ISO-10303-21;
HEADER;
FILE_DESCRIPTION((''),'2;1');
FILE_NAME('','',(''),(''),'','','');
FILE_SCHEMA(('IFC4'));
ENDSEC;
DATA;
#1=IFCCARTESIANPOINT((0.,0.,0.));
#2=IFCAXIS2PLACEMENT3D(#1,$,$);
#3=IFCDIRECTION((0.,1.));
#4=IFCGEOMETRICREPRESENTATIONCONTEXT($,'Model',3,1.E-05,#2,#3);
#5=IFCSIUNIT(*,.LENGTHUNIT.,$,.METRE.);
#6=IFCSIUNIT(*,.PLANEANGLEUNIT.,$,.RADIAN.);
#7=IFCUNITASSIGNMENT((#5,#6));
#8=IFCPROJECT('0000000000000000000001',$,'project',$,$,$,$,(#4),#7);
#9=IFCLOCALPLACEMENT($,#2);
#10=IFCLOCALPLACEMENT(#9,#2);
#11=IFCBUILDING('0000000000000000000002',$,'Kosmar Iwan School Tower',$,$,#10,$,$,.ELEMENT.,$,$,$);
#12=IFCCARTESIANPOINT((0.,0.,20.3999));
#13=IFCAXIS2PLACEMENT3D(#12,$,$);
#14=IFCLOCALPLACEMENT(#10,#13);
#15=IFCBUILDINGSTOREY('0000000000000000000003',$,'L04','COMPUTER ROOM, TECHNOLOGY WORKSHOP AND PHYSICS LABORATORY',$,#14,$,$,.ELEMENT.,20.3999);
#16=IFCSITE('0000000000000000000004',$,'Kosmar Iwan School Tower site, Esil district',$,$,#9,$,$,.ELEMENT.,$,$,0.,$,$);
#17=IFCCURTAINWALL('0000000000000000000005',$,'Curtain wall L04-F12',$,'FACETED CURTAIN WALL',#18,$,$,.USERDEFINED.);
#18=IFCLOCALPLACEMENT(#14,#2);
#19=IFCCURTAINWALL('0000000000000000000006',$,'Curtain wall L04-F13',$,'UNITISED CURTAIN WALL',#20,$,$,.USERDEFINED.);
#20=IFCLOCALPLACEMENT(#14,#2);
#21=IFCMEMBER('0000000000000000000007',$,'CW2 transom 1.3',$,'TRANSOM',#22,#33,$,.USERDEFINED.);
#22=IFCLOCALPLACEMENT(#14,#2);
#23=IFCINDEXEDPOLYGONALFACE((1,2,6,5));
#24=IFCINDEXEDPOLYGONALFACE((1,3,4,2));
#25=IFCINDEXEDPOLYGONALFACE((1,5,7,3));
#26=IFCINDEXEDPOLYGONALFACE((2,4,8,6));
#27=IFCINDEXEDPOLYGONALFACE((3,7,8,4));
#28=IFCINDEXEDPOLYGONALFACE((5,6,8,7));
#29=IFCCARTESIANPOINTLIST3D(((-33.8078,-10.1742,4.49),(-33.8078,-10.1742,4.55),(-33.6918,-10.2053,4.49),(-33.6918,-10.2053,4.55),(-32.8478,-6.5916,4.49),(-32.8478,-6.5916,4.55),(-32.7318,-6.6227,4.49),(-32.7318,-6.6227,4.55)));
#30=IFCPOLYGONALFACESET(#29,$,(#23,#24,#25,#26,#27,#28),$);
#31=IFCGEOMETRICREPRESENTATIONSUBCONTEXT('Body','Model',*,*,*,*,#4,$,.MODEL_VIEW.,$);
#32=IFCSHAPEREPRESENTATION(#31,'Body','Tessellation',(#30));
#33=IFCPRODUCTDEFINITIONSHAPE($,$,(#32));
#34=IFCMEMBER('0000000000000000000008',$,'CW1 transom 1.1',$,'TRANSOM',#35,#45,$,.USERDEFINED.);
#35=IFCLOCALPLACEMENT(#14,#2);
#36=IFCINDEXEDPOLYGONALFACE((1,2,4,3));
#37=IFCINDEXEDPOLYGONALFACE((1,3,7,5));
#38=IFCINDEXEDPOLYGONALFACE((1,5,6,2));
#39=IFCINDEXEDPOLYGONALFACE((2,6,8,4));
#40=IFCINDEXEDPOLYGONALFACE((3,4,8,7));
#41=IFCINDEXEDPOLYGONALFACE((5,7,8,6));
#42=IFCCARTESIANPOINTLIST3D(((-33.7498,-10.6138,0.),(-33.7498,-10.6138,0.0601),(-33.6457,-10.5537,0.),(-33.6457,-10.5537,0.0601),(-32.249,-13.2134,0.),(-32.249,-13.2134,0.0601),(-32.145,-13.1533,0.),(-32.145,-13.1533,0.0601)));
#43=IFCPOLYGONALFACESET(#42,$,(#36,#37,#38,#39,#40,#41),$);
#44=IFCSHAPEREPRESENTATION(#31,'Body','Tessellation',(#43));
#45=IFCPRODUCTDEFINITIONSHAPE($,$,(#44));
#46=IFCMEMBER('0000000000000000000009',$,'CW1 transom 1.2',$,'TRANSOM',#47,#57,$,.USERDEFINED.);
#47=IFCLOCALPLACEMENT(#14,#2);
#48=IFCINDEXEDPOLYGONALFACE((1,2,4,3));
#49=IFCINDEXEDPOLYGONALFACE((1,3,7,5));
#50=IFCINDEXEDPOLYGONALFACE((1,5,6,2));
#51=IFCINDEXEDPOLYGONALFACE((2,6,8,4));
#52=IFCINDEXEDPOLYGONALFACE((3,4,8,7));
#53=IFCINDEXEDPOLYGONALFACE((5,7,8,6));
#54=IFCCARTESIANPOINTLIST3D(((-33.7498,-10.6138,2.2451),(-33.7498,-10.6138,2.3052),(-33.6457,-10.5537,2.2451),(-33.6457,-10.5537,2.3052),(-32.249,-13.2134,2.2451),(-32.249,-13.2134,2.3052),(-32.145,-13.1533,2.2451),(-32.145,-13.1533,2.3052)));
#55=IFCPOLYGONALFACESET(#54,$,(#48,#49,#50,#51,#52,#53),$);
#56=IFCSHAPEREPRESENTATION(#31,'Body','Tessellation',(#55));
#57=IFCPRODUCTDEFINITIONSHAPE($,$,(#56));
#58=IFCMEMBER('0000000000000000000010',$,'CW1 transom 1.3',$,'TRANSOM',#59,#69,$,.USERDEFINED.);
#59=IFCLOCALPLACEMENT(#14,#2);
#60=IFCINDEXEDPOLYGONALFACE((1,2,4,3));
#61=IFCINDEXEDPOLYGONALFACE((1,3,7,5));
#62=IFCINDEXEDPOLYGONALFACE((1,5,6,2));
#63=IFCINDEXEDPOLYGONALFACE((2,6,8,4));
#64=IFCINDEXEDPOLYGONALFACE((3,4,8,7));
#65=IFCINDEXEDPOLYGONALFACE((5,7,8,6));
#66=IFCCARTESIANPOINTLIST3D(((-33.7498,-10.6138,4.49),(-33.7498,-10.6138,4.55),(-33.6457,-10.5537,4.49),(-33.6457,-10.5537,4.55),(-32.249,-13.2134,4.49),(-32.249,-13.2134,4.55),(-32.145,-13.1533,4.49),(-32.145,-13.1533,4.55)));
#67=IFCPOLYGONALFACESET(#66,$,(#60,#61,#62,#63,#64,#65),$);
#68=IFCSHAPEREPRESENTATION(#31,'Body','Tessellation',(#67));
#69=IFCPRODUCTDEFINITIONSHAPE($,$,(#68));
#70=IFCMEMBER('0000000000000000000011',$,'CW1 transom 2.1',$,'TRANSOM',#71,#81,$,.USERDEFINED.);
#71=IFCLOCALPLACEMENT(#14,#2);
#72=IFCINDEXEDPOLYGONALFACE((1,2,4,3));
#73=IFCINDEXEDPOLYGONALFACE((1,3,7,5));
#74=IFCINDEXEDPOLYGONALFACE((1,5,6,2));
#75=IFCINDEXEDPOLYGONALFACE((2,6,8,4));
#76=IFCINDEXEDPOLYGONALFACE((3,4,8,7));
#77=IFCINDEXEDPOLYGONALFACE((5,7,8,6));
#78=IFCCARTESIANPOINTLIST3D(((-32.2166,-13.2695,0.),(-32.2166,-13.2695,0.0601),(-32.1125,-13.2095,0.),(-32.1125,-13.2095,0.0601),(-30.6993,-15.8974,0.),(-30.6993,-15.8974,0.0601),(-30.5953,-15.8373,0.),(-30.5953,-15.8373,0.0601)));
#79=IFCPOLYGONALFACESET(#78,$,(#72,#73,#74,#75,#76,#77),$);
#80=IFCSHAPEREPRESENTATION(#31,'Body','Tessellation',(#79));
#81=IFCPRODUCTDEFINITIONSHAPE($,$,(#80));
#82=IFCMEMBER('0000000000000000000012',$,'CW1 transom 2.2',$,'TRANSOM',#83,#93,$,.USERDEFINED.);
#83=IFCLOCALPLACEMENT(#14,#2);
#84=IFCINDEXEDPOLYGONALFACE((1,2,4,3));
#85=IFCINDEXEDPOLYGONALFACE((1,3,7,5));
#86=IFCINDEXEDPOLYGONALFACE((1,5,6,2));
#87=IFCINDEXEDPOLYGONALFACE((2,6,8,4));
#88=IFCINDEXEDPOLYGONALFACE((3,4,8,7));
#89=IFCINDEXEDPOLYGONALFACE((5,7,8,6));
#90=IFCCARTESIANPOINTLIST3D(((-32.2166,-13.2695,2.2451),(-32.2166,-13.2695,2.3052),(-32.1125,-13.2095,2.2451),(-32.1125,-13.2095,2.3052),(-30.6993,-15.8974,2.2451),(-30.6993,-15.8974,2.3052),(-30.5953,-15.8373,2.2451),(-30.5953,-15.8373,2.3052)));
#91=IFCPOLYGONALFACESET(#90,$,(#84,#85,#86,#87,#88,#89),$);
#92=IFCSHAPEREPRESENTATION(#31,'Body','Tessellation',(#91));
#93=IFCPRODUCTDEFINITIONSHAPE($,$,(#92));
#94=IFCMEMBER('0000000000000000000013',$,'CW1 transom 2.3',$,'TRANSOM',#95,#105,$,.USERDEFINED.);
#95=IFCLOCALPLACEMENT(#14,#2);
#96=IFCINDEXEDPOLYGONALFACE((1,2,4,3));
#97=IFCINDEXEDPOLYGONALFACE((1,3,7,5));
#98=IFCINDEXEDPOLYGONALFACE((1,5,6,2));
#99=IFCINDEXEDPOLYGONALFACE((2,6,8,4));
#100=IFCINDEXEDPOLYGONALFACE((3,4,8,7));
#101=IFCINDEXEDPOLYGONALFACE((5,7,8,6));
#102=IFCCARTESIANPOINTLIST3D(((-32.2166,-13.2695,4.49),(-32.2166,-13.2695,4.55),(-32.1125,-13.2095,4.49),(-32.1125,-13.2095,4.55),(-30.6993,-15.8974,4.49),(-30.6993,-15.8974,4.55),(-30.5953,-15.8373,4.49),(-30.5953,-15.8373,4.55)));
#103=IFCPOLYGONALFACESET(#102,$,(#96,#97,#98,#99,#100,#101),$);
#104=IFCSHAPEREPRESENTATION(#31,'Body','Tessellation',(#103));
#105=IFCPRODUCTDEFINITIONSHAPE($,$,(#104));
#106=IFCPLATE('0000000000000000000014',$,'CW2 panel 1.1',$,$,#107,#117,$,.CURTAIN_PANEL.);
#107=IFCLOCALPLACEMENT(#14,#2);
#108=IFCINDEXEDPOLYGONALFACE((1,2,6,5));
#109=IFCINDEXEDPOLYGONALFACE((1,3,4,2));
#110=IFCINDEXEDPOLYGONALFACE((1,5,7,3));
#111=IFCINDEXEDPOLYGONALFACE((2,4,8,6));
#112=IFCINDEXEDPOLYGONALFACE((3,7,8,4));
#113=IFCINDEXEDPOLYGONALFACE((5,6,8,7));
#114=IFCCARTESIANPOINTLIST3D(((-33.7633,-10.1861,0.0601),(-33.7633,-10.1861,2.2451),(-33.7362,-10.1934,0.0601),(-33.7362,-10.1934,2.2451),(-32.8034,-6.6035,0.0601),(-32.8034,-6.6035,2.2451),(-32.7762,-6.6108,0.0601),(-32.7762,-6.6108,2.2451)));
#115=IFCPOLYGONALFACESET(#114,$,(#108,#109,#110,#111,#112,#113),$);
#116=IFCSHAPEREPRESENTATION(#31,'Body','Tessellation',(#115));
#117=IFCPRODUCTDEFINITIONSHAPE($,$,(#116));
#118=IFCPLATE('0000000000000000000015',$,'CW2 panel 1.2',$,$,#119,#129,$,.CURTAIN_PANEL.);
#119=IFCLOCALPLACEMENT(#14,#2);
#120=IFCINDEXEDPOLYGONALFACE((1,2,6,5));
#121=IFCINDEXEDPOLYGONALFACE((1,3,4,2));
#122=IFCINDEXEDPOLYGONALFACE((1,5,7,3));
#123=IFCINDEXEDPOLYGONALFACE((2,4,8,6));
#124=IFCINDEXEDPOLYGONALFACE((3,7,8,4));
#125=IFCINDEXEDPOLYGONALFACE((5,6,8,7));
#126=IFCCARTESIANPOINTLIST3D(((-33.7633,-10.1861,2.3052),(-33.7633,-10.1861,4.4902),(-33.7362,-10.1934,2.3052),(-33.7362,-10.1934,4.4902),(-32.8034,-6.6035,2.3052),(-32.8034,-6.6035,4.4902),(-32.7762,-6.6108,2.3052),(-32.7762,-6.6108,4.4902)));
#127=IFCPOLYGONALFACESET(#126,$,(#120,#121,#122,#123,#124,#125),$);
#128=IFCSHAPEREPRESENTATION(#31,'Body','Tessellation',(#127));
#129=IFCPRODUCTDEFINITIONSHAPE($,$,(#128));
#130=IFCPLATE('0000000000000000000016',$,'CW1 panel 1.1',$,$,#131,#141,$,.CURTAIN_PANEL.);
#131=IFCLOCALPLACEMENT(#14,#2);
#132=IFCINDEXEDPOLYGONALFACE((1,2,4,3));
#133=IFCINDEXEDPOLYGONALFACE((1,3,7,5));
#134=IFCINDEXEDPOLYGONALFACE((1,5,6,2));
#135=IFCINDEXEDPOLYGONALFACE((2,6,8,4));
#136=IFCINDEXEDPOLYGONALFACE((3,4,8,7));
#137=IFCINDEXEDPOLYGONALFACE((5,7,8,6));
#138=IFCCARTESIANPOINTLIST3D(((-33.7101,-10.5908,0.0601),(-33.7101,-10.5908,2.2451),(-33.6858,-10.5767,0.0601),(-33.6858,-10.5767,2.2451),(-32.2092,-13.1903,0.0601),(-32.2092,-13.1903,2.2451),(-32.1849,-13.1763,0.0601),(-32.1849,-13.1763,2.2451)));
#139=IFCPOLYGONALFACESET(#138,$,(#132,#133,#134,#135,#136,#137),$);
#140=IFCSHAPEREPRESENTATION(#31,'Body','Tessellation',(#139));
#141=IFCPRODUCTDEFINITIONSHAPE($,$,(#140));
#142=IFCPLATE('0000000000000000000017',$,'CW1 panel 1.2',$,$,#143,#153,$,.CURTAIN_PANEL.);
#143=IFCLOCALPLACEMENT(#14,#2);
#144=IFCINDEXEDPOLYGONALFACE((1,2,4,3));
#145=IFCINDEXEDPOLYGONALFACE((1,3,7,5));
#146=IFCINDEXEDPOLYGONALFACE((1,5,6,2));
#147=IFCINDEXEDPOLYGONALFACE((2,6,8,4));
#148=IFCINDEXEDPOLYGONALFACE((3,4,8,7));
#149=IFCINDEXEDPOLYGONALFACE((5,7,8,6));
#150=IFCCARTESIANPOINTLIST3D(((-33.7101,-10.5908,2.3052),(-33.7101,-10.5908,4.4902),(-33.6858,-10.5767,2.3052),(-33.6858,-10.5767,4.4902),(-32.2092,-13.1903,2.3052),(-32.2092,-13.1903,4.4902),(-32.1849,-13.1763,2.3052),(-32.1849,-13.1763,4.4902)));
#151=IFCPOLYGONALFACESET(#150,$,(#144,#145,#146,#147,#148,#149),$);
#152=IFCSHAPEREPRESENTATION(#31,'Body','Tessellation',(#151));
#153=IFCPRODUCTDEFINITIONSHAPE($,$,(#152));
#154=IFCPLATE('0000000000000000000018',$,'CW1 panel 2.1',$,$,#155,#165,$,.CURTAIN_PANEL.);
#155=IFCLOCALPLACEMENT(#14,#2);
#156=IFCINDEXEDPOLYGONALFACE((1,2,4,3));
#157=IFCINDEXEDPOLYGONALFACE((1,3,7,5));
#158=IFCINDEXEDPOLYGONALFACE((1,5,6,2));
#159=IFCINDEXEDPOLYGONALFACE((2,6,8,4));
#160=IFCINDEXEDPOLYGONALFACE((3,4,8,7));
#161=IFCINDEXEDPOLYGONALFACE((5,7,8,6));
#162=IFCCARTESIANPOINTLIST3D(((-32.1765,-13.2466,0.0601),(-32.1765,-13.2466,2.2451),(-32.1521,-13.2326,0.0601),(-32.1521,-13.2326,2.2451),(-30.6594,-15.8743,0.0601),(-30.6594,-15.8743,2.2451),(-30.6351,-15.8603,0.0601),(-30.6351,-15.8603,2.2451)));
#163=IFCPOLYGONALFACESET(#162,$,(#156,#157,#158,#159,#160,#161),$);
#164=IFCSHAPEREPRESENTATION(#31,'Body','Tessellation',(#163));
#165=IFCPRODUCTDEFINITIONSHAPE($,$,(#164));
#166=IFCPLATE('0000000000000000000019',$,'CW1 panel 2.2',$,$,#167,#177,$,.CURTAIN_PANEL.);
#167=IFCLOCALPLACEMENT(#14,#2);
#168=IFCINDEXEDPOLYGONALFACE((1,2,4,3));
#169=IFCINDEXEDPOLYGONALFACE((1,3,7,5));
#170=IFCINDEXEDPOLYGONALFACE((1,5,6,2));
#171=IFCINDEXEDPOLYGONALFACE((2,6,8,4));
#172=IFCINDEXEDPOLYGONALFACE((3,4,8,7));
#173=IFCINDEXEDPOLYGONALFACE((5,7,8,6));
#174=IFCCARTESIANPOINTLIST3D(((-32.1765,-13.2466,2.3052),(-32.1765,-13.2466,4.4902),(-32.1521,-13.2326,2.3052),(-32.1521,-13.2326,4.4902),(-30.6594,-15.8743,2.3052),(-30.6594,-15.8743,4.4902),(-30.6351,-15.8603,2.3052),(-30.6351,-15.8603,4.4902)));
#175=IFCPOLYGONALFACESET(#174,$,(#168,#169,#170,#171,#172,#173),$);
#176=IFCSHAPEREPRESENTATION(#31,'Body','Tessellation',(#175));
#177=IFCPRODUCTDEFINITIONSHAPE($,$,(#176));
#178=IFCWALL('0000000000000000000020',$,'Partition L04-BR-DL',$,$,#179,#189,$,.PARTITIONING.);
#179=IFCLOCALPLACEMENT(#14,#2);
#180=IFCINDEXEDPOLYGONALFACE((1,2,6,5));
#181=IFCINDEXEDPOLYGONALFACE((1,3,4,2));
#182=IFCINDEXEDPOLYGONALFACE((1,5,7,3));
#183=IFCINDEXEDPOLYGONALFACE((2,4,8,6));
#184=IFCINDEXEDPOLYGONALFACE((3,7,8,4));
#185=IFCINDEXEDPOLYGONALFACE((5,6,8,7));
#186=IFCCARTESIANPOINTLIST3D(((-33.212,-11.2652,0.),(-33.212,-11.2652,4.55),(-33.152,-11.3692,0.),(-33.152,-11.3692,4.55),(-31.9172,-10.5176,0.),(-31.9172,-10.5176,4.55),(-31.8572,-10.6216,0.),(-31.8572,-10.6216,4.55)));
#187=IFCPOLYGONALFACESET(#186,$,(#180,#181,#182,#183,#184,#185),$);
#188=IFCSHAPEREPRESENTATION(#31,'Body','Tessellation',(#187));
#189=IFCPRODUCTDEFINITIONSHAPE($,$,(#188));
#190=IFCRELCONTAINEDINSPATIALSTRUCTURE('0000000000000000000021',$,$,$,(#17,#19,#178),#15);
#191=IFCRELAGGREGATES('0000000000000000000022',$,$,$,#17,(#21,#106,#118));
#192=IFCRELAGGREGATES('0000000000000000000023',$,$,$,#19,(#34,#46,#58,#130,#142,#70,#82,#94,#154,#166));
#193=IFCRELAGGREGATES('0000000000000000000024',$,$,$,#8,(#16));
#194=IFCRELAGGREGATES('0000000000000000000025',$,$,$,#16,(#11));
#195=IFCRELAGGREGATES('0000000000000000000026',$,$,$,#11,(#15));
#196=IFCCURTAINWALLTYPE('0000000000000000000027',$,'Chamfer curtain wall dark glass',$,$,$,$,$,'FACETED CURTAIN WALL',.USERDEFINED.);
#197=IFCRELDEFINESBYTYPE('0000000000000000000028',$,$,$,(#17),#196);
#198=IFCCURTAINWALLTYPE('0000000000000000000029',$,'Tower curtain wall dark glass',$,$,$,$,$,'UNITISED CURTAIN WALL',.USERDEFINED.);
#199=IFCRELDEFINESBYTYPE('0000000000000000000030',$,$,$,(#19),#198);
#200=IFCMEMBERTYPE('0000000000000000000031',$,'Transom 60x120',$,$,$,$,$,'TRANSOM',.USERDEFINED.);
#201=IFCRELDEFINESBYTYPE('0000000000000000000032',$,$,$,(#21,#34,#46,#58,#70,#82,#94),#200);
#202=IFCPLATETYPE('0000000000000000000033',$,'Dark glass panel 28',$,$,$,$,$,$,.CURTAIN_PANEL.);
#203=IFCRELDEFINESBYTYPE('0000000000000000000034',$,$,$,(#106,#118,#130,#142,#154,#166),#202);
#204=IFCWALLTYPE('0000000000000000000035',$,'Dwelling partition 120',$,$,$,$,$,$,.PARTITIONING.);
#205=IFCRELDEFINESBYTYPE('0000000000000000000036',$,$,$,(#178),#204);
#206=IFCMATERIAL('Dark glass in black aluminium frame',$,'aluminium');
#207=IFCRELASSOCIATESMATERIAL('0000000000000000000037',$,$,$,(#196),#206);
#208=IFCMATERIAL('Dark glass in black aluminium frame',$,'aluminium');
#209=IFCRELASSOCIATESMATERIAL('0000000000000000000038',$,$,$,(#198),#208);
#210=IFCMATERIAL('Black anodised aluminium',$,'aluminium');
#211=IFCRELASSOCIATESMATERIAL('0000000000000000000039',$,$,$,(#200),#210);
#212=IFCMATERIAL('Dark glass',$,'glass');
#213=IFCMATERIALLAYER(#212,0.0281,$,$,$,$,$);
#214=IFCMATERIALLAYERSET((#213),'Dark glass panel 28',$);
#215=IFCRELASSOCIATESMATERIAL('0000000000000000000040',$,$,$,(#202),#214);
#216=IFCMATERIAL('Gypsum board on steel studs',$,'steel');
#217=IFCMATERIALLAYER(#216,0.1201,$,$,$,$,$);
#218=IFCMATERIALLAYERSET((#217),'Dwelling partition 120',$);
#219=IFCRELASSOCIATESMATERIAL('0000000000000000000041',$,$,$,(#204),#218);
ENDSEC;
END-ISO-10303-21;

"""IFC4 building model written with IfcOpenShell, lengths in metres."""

from ifc_helpers import new_model, si_unit, direction, frame, frame_2d, origin, origin_2d, place, context, subcontext, project, spatial, rectangle, extrude, material, layer, layer_set, material_profile, profile_set, type_object, element, aggregate, save


model = new_model("IFC4")

# Units and contexts
model_context = context("Model", 3, precision=1e-05, world=origin(), true_north=direction((0.0, 1.0)))
body_context = subcontext(model_context, "Body", "Model", "MODEL_VIEW")
ifc_project = project(units=[si_unit("LENGTHUNIT", "METRE"), si_unit("PLANEANGLEUNIT", "RADIAN")], contexts=[model_context])

# Site, building, storey
site_placement = place(None, origin())
site = spatial("IfcSite", under=ifc_project, at=site_placement, Name="Kosmar Iwan School Tower site, Esil district", CompositionType="ELEMENT", RefElevation=0.0)
building_placement = place(site_placement, origin())
building = spatial("IfcBuilding", under=site, at=building_placement, Name="Kosmar Iwan School Tower", CompositionType="ELEMENT")
storey_placement = place(building_placement, frame((0.0, 0.0, 20.3999)))
storey = spatial("IfcBuildingStorey", under=building, at=storey_placement, Name="L04", Description="COMPUTER ROOM, TECHNOLOGY WORKSHOP AND PHYSICS LABORATORY", CompositionType="ELEMENT", Elevation=20.3999)

# Curtain walls
ifc_material_1 = material(Name="Dark glass in black aluminium frame", Category="aluminium")
curtain_wall_type_1 = type_object("IfcCurtainWallType", Name="Chamfer curtain wall dark glass", ElementType="FACETED CURTAIN WALL", PredefinedType="USERDEFINED", material=ifc_material_1)
curtain_wall_1_placement = place(storey_placement, origin())
curtain_wall_1 = element("IfcCurtainWall", 1, at=curtain_wall_1_placement, inside=storey, type_object=curtain_wall_type_1, Name="Curtain wall L04-F12", ObjectType="FACETED CURTAIN WALL", PredefinedType="USERDEFINED")
ifc_material_2 = material(Name="Dark glass in black aluminium frame", Category="aluminium")
curtain_wall_type_2 = type_object("IfcCurtainWallType", Name="Tower curtain wall dark glass", ElementType="UNITISED CURTAIN WALL", PredefinedType="USERDEFINED", material=ifc_material_2)
curtain_wall_2_placement = place(storey_placement, origin())
curtain_wall_2 = element("IfcCurtainWall", 2, at=curtain_wall_2_placement, inside=storey, type_object=curtain_wall_type_2, Name="Curtain wall L04-F13", ObjectType="UNITISED CURTAIN WALL", PredefinedType="USERDEFINED")

# Members
ifc_material_3 = material(Name="Black anodised aluminium", Category="aluminium")
ifc_material_profile_1 = material_profile(ifc_material_3, rectangle(XDim=0.1201, YDim=0.0601, at=origin_2d()), Name="TRANSOM 60x120")
ifc_profile_set_1 = profile_set([ifc_material_profile_1], Name="Black anodised aluminium")
member_type_1 = type_object("IfcMemberType", Name="Transom 60x120", ElementType="TRANSOM", PredefinedType="USERDEFINED", material=ifc_profile_set_1)
member_1_placement = place(storey_placement, frame((-32.7898, -6.6072, 4.52), z_axis=(-0.258826, -0.965924, 0.0), x_axis=(0.965924, -0.258826, 0.0)))
member_1 = element("IfcMember", 3, at=member_1_placement, type_object=member_type_1, Name="CW2 transom 1.3", ObjectType="TRANSOM", PredefinedType="USERDEFINED", context=body_context, shape_type="SweptSolid", body=[
    extrude(rectangle(XDim=0.1201, YDim=0.0601, at=origin_2d()), origin(), (0.0, 0.0, 1.0), 3.709),
])
member_2_placement = place(storey_placement, frame((-33.6978, -10.5837, 0.03), z_axis=(0.499962, -0.866047, 0.0), x_axis=(0.866047, 0.499962, 0.0)))
member_2 = element("IfcMember", 4, at=member_2_placement, type_object=member_type_1, Name="CW1 transom 1.1", ObjectType="TRANSOM", PredefinedType="USERDEFINED", context=body_context, shape_type="SweptSolid", body=[
    extrude(rectangle(XDim=0.1201, YDim=0.0601, at=origin_2d()), origin(), (0.0, 0.0, 1.0), 3.0017),
])
member_3_placement = place(storey_placement, frame((-33.6978, -10.5837, 2.2751), z_axis=(0.499962, -0.866047, 0.0), x_axis=(0.866047, 0.499962, 0.0)))
member_3 = element("IfcMember", 5, at=member_3_placement, type_object=member_type_1, Name="CW1 transom 1.2", ObjectType="TRANSOM", PredefinedType="USERDEFINED", context=body_context, shape_type="SweptSolid", body=[
    extrude(rectangle(XDim=0.1201, YDim=0.0601, at=origin_2d()), origin(), (0.0, 0.0, 1.0), 3.0017),
])
member_4_placement = place(storey_placement, frame((-33.6978, -10.5837, 4.52), z_axis=(0.499962, -0.866047, 0.0), x_axis=(0.866047, 0.499962, 0.0)))
member_4 = element("IfcMember", 6, at=member_4_placement, type_object=member_type_1, Name="CW1 transom 1.3", ObjectType="TRANSOM", PredefinedType="USERDEFINED", context=body_context, shape_type="SweptSolid", body=[
    extrude(rectangle(XDim=0.1201, YDim=0.0601, at=origin_2d()), origin(), (0.0, 0.0, 1.0), 3.0017),
])
member_5_placement = place(storey_placement, frame((-32.1646, -13.2395, 0.03), z_axis=(0.500024, -0.866011, 0.0), x_axis=(0.866011, 0.500024, 0.0)))
member_5 = element("IfcMember", 7, at=member_5_placement, type_object=member_type_1, Name="CW1 transom 2.1", ObjectType="TRANSOM", PredefinedType="USERDEFINED", context=body_context, shape_type="SweptSolid", body=[
    extrude(rectangle(XDim=0.1201, YDim=0.0601, at=origin_2d()), origin(), (0.0, 0.0, 1.0), 3.0344),
])
member_6_placement = place(storey_placement, frame((-32.1646, -13.2395, 2.2751), z_axis=(0.500024, -0.866011, 0.0), x_axis=(0.866011, 0.500024, 0.0)))
member_6 = element("IfcMember", 8, at=member_6_placement, type_object=member_type_1, Name="CW1 transom 2.2", ObjectType="TRANSOM", PredefinedType="USERDEFINED", context=body_context, shape_type="SweptSolid", body=[
    extrude(rectangle(XDim=0.1201, YDim=0.0601, at=origin_2d()), origin(), (0.0, 0.0, 1.0), 3.0344),
])
member_7_placement = place(storey_placement, frame((-32.1646, -13.2395, 4.52), z_axis=(0.500024, -0.866011, 0.0), x_axis=(0.866011, 0.500024, 0.0)))
member_7 = element("IfcMember", 9, at=member_7_placement, type_object=member_type_1, Name="CW1 transom 2.3", ObjectType="TRANSOM", PredefinedType="USERDEFINED", context=body_context, shape_type="SweptSolid", body=[
    extrude(rectangle(XDim=0.1201, YDim=0.0601, at=origin_2d()), origin(), (0.0, 0.0, 1.0), 3.0344),
])

# Plates
ifc_material_4 = material(Name="Dark glass", Category="glass")
ifc_layer_1 = layer(ifc_material_4, 0.0281)
ifc_layer_set_1 = layer_set([ifc_layer_1], Name="Dark glass panel 28")
plate_type = type_object("IfcPlateType", Name="Dark glass panel 28", PredefinedType="CURTAIN_PANEL", material=ifc_layer_set_1)
plate_1_placement = place(storey_placement, frame((-33.2698, -8.3984, 0.0601), z_axis=(0.0, 0.0, 1.0), x_axis=(-0.258819, -0.965926, 0.0)))
plate_1 = element("IfcPlate", 10, at=plate_1_placement, type_object=plate_type, Name="CW2 panel 1.1", PredefinedType="CURTAIN_PANEL", context=body_context, shape_type="SweptSolid", body=[
    extrude(rectangle(XDim=3.709, YDim=0.0281, at=origin_2d()), origin(), (0.0, 0.0, 1.0), 2.1851),
])
plate_2_placement = place(storey_placement, frame((-33.2698, -8.3984, 2.3052), z_axis=(0.0, 0.0, 1.0), x_axis=(-0.258819, -0.965926, 0.0)))
plate_2 = element("IfcPlate", 11, at=plate_2_placement, type_object=plate_type, Name="CW2 panel 1.2", PredefinedType="CURTAIN_PANEL", context=body_context, shape_type="SweptSolid", body=[
    extrude(rectangle(XDim=3.709, YDim=0.0281, at=origin_2d()), origin(), (0.0, 0.0, 1.0), 2.1851),
])
aggregate(curtain_wall_1, [member_1, plate_1, plate_2])
plate_3_placement = place(storey_placement, frame((-32.9475, -11.8835, 0.0601), z_axis=(0.0, 0.0, 1.0), x_axis=(0.5, -0.866025, 0.0)))
plate_3 = element("IfcPlate", 12, at=plate_3_placement, type_object=plate_type, Name="CW1 panel 1.1", PredefinedType="CURTAIN_PANEL", context=body_context, shape_type="SweptSolid", body=[
    extrude(rectangle(XDim=3.0017, YDim=0.0281, at=origin_2d()), origin(), (0.0, 0.0, 1.0), 2.1851),
])
plate_4_placement = place(storey_placement, frame((-32.9475, -11.8835, 2.3052), z_axis=(0.0, 0.0, 1.0), x_axis=(0.5, -0.866025, 0.0)))
plate_4 = element("IfcPlate", 13, at=plate_4_placement, type_object=plate_type, Name="CW1 panel 1.2", PredefinedType="CURTAIN_PANEL", context=body_context, shape_type="SweptSolid", body=[
    extrude(rectangle(XDim=3.0017, YDim=0.0281, at=origin_2d()), origin(), (0.0, 0.0, 1.0), 2.1851),
])
plate_5_placement = place(storey_placement, frame((-31.4058, -14.5535, 0.0601), z_axis=(0.0, 0.0, 1.0), x_axis=(0.5, -0.866025, 0.0)))
plate_5 = element("IfcPlate", 14, at=plate_5_placement, type_object=plate_type, Name="CW1 panel 2.1", PredefinedType="CURTAIN_PANEL", context=body_context, shape_type="SweptSolid", body=[
    extrude(rectangle(XDim=3.0342, YDim=0.0281, at=origin_2d()), origin(), (0.0, 0.0, 1.0), 2.1851),
])
plate_6_placement = place(storey_placement, frame((-31.4058, -14.5535, 2.3052), z_axis=(0.0, 0.0, 1.0), x_axis=(0.5, -0.866025, 0.0)))
plate_6 = element("IfcPlate", 15, at=plate_6_placement, type_object=plate_type, Name="CW1 panel 2.2", PredefinedType="CURTAIN_PANEL", context=body_context, shape_type="SweptSolid", body=[
    extrude(rectangle(XDim=3.0342, YDim=0.0281, at=origin_2d()), origin(), (0.0, 0.0, 1.0), 2.1851),
])
aggregate(curtain_wall_2, [member_2, member_3, member_4, plate_3, plate_4, member_5, member_6, member_7, plate_5, plate_6])

# Wall
ifc_material_5 = material(Name="Gypsum board on steel studs", Category="steel")
ifc_layer_2 = layer(ifc_material_5, 0.1201)
ifc_layer_set_2 = layer_set([ifc_layer_2], Name="Dwelling partition 120")
wall_type_1 = type_object("IfcWallType", Name="Dwelling partition 120", PredefinedType="PARTITIONING", material=ifc_layer_set_2)
wall_1_placement = place(storey_placement, frame((-31.8872, -10.5696, 0.0), z_axis=(0.0, 0.0, 1.0), x_axis=(-0.866003, -0.500038, 0.0)))
element("IfcWall", 16, at=wall_1_placement, inside=storey, type_object=wall_type_1, Name="Partition L04-BR-DL", PredefinedType="PARTITIONING", context=body_context, shape_type="SweptSolid", body=[
    extrude(rectangle(XDim=1.4951, YDim=0.1201, at=frame_2d((0.7476, 0.0))), origin(), (0.0, 0.0, 1.0), 4.55),
])

save(model, "model.ifc")
